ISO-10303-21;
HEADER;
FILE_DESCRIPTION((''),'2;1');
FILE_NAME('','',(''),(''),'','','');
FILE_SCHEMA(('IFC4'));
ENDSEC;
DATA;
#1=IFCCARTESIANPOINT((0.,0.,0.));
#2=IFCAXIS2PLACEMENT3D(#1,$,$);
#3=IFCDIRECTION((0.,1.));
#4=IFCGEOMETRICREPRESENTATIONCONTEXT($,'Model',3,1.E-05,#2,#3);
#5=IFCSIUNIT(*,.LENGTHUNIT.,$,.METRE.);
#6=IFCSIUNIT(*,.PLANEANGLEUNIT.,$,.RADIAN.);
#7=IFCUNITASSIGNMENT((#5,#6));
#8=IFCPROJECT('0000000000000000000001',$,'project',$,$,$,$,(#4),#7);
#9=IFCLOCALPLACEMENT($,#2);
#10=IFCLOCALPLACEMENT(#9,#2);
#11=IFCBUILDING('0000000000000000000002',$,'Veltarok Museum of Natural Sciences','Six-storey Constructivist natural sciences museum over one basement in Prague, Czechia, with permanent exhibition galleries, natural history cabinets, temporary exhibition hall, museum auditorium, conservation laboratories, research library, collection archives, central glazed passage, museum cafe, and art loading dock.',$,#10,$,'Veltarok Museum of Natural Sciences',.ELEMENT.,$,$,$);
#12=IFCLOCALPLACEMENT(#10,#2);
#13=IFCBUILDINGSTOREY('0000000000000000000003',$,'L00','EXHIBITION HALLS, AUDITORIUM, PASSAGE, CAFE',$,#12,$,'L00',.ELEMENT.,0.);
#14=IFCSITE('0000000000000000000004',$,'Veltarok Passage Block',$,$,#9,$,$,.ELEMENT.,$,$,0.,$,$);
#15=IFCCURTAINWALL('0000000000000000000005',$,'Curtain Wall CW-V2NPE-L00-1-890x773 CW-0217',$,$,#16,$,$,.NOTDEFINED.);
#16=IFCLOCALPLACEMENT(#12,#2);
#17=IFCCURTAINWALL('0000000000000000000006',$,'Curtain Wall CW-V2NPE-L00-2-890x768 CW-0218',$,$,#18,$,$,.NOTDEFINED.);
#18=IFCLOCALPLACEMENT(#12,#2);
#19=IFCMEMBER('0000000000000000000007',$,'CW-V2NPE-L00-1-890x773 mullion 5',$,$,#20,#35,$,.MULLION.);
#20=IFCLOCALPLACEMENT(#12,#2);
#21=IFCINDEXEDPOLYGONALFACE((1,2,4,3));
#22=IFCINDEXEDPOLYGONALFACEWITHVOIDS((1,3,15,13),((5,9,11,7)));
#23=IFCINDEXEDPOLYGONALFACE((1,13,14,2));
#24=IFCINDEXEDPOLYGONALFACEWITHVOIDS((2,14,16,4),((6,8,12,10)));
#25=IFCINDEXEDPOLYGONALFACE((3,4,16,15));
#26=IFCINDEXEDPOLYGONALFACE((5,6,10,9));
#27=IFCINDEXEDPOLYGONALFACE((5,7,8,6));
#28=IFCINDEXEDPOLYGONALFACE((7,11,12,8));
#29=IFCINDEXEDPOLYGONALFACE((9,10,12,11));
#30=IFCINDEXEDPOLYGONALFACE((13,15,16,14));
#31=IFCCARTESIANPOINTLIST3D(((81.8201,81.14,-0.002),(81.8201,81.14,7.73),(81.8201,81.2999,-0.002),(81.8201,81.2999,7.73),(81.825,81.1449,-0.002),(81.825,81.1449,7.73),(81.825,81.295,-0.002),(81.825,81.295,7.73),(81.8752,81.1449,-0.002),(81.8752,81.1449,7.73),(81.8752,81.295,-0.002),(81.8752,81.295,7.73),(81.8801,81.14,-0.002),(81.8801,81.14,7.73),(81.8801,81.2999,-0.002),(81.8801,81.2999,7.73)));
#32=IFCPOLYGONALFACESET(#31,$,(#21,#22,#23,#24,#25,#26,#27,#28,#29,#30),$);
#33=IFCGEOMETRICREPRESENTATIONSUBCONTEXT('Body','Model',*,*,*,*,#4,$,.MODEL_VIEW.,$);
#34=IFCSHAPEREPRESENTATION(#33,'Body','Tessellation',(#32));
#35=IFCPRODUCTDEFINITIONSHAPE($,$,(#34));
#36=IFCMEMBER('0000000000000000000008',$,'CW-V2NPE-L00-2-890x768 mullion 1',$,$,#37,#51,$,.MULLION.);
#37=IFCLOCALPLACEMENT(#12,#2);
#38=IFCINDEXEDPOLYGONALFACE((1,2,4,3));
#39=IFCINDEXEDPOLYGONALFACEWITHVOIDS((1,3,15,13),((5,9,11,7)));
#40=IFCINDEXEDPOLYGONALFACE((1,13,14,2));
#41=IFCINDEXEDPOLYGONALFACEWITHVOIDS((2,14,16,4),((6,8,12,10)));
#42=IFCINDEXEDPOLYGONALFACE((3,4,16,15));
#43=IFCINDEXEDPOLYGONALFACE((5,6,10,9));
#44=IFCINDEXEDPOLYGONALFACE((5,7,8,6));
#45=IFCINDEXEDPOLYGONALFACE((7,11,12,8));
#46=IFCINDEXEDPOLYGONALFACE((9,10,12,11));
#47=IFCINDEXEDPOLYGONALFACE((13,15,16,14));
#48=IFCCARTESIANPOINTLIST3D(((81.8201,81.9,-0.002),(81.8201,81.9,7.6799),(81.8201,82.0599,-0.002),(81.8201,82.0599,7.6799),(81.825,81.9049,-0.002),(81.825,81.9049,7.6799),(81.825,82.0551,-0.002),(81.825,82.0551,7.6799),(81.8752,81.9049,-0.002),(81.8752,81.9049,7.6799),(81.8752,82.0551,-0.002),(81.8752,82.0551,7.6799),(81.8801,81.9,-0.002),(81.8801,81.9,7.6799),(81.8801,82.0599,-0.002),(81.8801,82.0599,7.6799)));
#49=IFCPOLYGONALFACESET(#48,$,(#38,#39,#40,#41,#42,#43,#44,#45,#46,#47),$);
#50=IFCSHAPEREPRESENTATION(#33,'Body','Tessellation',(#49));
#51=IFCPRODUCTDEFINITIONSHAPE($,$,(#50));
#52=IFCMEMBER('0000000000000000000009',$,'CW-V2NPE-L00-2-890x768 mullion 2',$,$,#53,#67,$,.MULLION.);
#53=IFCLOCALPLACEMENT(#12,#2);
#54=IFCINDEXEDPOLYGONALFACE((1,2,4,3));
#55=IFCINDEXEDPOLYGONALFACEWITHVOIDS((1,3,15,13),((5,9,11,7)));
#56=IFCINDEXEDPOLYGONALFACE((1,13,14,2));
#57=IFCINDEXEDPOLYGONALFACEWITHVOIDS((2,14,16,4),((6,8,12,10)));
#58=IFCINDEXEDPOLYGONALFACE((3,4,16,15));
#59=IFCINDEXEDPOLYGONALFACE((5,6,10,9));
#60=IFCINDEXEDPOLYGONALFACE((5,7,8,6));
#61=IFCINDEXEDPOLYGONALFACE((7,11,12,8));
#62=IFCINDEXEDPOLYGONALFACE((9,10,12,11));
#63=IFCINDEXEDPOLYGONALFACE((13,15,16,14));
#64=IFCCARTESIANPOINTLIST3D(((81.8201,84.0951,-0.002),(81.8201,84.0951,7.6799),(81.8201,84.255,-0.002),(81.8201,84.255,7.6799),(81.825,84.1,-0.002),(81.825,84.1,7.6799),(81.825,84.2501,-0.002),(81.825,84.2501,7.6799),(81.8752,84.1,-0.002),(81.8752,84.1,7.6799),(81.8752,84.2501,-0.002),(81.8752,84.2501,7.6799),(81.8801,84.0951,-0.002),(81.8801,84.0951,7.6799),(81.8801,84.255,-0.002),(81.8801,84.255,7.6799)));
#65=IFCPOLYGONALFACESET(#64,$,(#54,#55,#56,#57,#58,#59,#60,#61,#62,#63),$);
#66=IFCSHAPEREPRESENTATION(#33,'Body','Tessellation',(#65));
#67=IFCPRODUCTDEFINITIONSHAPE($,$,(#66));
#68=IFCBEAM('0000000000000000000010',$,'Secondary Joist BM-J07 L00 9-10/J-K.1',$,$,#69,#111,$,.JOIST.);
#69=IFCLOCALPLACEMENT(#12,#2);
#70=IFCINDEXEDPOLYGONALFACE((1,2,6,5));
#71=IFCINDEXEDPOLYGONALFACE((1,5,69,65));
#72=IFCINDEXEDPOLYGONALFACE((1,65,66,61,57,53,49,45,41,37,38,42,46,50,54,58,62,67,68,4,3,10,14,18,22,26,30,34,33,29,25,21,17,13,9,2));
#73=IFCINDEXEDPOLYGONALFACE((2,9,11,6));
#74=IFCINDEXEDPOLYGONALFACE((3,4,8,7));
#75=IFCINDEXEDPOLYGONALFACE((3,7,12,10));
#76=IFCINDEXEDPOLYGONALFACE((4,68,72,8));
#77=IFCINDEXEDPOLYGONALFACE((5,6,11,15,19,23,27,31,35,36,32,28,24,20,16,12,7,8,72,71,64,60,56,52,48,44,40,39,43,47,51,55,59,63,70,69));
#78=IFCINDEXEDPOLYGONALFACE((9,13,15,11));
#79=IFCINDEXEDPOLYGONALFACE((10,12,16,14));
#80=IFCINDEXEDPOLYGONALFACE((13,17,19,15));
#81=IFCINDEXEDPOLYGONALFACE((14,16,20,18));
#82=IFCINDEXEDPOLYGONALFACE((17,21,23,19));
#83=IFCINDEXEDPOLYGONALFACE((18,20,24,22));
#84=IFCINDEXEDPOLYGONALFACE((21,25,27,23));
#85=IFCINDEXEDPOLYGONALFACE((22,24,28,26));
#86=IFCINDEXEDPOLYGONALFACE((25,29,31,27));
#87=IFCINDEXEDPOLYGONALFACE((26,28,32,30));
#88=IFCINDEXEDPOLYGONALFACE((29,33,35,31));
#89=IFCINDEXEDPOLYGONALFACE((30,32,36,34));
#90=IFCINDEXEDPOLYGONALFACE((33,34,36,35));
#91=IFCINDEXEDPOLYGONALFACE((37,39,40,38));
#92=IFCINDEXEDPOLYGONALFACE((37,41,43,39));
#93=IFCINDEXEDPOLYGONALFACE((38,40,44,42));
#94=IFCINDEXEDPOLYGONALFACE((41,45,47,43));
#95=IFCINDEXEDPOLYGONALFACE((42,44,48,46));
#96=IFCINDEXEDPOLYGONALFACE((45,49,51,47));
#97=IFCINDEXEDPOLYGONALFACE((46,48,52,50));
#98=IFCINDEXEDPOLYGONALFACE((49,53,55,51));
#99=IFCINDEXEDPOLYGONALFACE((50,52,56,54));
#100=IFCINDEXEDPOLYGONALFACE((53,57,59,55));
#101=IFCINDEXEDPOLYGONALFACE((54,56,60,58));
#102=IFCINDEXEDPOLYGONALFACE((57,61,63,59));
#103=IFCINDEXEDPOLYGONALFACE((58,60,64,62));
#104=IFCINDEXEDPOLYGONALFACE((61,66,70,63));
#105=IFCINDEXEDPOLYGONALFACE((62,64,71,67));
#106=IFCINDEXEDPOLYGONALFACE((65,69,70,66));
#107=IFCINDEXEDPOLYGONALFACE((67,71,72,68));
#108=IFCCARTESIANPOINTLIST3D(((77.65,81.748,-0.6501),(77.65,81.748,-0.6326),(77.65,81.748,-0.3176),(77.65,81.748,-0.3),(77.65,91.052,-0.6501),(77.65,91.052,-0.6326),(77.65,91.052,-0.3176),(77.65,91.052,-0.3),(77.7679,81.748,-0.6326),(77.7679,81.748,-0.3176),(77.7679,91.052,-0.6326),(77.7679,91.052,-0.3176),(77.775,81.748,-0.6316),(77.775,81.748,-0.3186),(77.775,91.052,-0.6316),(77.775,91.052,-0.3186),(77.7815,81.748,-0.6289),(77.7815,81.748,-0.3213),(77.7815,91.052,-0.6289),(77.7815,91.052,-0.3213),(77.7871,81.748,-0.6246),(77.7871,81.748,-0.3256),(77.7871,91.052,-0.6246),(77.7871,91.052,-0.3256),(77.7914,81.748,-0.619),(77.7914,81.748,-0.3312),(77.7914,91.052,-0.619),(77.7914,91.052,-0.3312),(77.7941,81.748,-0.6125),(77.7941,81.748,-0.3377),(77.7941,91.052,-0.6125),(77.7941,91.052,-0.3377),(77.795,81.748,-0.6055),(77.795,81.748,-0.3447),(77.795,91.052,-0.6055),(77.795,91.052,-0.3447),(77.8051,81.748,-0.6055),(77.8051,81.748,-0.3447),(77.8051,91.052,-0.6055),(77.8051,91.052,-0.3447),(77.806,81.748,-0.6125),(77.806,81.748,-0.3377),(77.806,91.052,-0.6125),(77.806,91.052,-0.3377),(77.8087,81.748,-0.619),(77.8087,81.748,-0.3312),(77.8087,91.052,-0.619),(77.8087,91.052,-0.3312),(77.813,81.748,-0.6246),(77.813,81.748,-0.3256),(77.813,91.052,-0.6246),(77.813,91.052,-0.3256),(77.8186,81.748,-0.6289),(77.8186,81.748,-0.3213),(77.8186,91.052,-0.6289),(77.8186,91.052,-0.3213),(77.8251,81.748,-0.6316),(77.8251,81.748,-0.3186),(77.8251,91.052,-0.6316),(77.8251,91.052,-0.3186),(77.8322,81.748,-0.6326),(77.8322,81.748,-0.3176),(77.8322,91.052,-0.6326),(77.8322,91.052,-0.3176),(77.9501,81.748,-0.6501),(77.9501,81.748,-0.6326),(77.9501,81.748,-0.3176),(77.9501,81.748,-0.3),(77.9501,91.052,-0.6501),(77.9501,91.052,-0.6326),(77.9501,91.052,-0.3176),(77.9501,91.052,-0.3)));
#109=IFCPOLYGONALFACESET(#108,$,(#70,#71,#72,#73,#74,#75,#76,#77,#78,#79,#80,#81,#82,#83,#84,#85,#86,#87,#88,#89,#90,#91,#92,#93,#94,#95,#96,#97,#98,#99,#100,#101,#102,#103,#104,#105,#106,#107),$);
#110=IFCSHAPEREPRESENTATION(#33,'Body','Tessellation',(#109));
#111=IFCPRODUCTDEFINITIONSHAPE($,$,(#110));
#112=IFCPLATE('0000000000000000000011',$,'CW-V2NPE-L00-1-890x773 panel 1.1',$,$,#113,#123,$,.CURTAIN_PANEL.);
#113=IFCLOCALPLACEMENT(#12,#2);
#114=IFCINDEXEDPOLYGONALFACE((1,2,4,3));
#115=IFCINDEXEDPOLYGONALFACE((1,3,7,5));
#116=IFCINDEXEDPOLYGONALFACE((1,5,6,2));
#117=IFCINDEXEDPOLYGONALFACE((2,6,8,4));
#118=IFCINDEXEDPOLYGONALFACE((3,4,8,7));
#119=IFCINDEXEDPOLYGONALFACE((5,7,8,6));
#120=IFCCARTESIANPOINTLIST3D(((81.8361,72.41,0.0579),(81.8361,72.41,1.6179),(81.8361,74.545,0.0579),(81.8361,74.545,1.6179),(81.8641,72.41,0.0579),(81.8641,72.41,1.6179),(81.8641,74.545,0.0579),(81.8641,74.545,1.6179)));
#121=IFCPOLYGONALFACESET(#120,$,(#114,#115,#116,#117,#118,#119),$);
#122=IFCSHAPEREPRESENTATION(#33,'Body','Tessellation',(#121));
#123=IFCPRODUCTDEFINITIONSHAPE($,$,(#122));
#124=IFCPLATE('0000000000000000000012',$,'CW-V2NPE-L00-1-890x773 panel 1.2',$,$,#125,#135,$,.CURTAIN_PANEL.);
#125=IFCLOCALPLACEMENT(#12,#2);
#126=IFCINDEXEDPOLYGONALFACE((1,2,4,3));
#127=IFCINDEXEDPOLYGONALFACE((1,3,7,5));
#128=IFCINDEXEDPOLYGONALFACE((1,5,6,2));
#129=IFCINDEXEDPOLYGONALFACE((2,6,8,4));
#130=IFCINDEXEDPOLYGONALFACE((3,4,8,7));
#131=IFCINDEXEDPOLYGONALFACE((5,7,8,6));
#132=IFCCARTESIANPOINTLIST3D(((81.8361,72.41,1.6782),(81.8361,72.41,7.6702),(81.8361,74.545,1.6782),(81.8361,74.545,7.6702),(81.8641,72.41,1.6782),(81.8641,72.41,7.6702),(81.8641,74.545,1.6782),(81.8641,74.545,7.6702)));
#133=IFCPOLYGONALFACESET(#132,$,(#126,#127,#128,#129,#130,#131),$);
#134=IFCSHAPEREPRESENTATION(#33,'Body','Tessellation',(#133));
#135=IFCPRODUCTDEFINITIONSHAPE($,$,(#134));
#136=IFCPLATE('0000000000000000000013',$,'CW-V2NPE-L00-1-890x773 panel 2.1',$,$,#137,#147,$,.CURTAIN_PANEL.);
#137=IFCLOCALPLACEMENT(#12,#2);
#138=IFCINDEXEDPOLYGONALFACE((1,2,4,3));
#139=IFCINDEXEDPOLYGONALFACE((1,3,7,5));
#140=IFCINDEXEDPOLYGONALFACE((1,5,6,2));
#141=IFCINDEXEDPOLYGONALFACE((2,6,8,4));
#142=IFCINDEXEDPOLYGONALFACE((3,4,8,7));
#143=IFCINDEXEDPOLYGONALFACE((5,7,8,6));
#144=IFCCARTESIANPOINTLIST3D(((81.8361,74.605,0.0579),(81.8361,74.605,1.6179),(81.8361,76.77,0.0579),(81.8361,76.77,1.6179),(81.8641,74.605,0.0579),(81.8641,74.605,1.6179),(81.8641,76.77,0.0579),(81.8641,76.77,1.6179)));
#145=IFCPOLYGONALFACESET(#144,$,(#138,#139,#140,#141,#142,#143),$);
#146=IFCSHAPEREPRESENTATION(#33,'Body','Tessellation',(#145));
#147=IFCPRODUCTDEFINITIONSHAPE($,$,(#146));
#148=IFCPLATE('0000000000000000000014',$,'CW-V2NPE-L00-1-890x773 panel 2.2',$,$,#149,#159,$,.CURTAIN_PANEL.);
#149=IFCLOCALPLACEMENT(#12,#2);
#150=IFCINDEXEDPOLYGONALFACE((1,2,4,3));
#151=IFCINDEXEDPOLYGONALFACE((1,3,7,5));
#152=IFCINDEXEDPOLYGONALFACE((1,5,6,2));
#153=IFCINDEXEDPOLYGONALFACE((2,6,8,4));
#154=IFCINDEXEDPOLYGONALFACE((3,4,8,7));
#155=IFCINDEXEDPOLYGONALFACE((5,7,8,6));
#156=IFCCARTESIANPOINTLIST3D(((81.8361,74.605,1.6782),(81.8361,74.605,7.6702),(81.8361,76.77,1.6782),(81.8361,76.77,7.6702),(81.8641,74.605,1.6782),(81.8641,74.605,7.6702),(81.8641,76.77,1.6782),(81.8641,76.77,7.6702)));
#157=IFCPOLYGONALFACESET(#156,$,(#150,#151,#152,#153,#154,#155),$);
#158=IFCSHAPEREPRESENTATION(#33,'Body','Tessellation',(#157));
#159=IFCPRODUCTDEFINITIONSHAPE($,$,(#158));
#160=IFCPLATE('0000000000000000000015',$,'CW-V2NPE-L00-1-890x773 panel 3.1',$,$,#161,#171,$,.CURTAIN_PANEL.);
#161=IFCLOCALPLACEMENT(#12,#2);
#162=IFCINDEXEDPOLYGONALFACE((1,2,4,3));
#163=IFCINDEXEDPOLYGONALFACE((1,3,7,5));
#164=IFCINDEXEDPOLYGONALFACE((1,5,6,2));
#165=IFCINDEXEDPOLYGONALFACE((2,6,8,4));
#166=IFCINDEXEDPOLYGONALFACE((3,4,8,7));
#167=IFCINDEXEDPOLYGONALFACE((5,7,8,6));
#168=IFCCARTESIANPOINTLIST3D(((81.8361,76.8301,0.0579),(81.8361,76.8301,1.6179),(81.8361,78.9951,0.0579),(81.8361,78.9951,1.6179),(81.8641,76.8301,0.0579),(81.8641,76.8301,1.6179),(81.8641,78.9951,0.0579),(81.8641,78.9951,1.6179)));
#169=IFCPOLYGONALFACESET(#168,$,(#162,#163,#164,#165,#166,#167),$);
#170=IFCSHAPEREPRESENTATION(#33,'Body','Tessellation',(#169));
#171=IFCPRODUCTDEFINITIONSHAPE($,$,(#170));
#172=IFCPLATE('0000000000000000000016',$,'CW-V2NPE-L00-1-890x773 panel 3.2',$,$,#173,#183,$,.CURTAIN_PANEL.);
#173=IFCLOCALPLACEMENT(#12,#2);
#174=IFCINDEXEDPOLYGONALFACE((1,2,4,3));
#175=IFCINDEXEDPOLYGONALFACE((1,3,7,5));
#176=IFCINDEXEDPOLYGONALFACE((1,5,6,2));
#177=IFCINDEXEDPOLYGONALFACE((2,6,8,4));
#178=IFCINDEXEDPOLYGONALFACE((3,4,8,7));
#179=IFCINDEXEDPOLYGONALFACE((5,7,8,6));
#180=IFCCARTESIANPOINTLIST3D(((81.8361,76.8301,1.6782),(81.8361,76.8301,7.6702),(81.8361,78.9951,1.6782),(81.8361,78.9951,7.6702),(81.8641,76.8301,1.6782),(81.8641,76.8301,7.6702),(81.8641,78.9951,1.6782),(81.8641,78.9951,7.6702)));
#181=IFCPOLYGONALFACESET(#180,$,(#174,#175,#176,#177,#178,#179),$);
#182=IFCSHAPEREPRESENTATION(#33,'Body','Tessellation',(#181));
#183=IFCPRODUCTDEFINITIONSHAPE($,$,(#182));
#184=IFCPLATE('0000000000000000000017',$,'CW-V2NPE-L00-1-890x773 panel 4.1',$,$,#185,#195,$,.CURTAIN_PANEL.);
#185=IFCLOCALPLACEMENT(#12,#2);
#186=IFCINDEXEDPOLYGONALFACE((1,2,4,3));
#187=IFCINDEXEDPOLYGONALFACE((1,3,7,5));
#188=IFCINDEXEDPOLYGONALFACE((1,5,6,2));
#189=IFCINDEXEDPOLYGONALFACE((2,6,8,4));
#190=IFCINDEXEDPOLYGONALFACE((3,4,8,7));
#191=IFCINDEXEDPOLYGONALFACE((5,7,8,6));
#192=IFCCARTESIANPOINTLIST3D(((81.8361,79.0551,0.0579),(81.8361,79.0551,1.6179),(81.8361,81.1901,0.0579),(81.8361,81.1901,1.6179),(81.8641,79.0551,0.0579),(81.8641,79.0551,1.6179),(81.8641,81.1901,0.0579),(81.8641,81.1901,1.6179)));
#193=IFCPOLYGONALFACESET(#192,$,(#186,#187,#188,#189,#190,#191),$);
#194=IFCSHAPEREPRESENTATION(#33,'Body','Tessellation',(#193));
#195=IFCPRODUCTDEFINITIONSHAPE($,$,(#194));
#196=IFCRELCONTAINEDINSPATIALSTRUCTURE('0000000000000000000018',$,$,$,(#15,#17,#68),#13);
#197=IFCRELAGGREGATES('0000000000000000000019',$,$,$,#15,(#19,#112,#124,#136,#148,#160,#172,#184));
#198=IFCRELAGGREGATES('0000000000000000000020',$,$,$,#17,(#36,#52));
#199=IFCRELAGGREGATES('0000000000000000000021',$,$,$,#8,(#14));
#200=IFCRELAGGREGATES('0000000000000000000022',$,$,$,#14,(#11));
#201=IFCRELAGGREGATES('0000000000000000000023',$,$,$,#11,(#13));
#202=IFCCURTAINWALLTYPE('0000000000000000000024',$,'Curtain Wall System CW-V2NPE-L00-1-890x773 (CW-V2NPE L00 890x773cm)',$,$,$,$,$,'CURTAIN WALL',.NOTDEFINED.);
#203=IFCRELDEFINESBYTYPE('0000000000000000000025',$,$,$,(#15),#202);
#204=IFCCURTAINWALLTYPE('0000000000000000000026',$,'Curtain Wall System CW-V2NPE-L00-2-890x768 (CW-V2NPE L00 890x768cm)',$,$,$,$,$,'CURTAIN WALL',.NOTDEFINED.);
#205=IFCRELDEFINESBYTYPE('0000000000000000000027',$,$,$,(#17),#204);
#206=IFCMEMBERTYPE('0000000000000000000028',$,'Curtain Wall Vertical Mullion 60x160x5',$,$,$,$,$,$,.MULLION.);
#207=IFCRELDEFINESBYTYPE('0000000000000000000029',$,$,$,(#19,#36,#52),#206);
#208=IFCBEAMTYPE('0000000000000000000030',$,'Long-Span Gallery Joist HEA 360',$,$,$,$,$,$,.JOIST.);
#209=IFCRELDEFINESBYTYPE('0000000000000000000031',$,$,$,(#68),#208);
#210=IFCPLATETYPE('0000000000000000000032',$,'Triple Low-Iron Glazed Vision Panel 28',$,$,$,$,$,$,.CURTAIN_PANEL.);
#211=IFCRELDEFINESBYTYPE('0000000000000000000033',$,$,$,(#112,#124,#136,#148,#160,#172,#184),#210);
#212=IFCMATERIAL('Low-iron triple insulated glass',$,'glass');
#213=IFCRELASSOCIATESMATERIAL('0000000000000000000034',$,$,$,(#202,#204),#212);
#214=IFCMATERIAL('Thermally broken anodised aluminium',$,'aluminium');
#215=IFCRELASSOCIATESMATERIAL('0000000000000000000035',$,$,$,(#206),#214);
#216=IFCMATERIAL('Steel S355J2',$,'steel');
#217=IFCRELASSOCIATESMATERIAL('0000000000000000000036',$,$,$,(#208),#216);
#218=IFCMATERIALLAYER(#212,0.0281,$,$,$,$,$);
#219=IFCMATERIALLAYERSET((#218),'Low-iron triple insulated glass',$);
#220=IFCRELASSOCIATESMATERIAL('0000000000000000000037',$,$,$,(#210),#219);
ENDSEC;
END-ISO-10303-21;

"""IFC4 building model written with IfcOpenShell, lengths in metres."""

from ifc_helpers import new_model, si_unit, direction, frame, origin, origin_2d, place, context, subcontext, project, spatial, rectangle, hollow_rectangle, i_section, extrude, material, layer, layer_set, material_profile, profile_set, type_object, element, aggregate, save


model = new_model("IFC4")

# Units and contexts
model_context = context("Model", 3, precision=1e-05, world=origin(), true_north=direction((0.0, 1.0)))
body_context = subcontext(model_context, "Body", "Model", "MODEL_VIEW")
ifc_project = project(units=[si_unit("LENGTHUNIT", "METRE"), si_unit("PLANEANGLEUNIT", "RADIAN")], contexts=[model_context])

# Site, building, storey
site_placement = place(None, origin())
site = spatial("IfcSite", under=ifc_project, at=site_placement, Name="Veltarok Passage Block", CompositionType="ELEMENT", RefElevation=0.0)
building_placement = place(site_placement, origin())
building = spatial("IfcBuilding", under=site, at=building_placement, Name="Veltarok Museum of Natural Sciences", Description="Six-storey Constructivist natural sciences museum over one basement in Prague, Czechia, with permanent exhibition galleries, natural history cabinets, temporary exhibition hall, museum auditorium, conservation laboratories, research library, collection archives, central glazed passage, museum cafe, and art loading dock.", LongName="Veltarok Museum of Natural Sciences", CompositionType="ELEMENT")
storey_placement = place(building_placement, origin())
storey = spatial("IfcBuildingStorey", under=building, at=storey_placement, Name="L00", Description="EXHIBITION HALLS, AUDITORIUM, PASSAGE, CAFE", LongName="L00", CompositionType="ELEMENT", Elevation=0.0)

# Curtain walls
ifc_material_1 = material(Name="Low-iron triple insulated glass", Category="glass")
curtain_wall_type_1 = type_object("IfcCurtainWallType", Name="Curtain Wall System CW-V2NPE-L00-1-890x773 (CW-V2NPE L00 890x773cm)", ElementType="CURTAIN WALL", PredefinedType="NOTDEFINED", material=ifc_material_1)
curtain_wall_1_placement = place(storey_placement, origin())
curtain_wall_1 = element("IfcCurtainWall", 1, at=curtain_wall_1_placement, inside=storey, type_object=curtain_wall_type_1, Name="Curtain Wall CW-V2NPE-L00-1-890x773 CW-0217", PredefinedType="NOTDEFINED")
ifc_material_2 = material(Name="Thermally broken anodised aluminium", Category="aluminium")
curtain_wall_type_2 = type_object("IfcCurtainWallType", Name="Curtain Wall System CW-V2NPE-L00-2-890x768 (CW-V2NPE L00 890x768cm)", ElementType="CURTAIN WALL", PredefinedType="NOTDEFINED", material=ifc_material_1)
curtain_wall_2_placement = place(storey_placement, origin())
curtain_wall_2 = element("IfcCurtainWall", 2, at=curtain_wall_2_placement, inside=storey, type_object=curtain_wall_type_2, Name="Curtain Wall CW-V2NPE-L00-2-890x768 CW-0218", PredefinedType="NOTDEFINED")

# Members
ifc_material_profile_1 = material_profile(ifc_material_2, hollow_rectangle(XDim=0.0601, YDim=0.1599, WallThickness=0.0049, at=origin_2d()), Name="CW MULLION 60x160x5")
ifc_profile_set_1 = profile_set([ifc_material_profile_1], Name="Thermally broken anodised aluminium")
member_type_1 = type_object("IfcMemberType", Name="Curtain Wall Vertical Mullion 60x160x5", PredefinedType="MULLION", material=ifc_profile_set_1)
member_1_placement = place(storey_placement, frame((81.8501, 81.22, -0.002), z_axis=(0.0, 0.0, 1.0), x_axis=(-1.0, 0.0, 0.0)))
member_1 = element("IfcMember", 3, at=member_1_placement, type_object=member_type_1, Name="CW-V2NPE-L00-1-890x773 mullion 5", PredefinedType="MULLION", context=body_context, shape_type="SweptSolid", body=[
    extrude(hollow_rectangle(XDim=0.0601, YDim=0.1599, WallThickness=0.0049, at=origin_2d()), origin(), (0.0, 0.0, 1.0), 7.7319),
])
member_2_placement = place(storey_placement, frame((81.8501, 81.98, -0.002), z_axis=(0.0, 0.0, 1.0), x_axis=(-1.0, 0.0, 0.0)))
member_2 = element("IfcMember", 4, at=member_2_placement, type_object=member_type_1, Name="CW-V2NPE-L00-2-890x768 mullion 1", PredefinedType="MULLION", context=body_context, shape_type="SweptSolid", body=[
    extrude(hollow_rectangle(XDim=0.0601, YDim=0.1599, WallThickness=0.0049, at=origin_2d()), origin(), (0.0, 0.0, 1.0), 7.6819),
])
member_3_placement = place(storey_placement, frame((81.8501, 84.175, -0.002), z_axis=(0.0, 0.0, 1.0), x_axis=(-1.0, 0.0, 0.0)))
member_3 = element("IfcMember", 5, at=member_3_placement, type_object=member_type_1, Name="CW-V2NPE-L00-2-890x768 mullion 2", PredefinedType="MULLION", context=body_context, shape_type="SweptSolid", body=[
    extrude(hollow_rectangle(XDim=0.0601, YDim=0.1599, WallThickness=0.0049, at=origin_2d()), origin(), (0.0, 0.0, 1.0), 7.6819),
])

# Beam
ifc_material_3 = material(Name="Steel S355J2", Category="steel")
ifc_material_profile_2 = material_profile(ifc_material_3, i_section(OverallWidth=0.3, OverallDepth=0.3501, WebThickness=0.01, FlangeThickness=0.0176, FilletRadius=0.0271, at=origin_2d()), Name="HEA 360")
ifc_profile_set_2 = profile_set([ifc_material_profile_2], Name="Steel S355J2")
beam_type = type_object("IfcBeamType", Name="Long-Span Gallery Joist HEA 360", PredefinedType="JOIST", material=ifc_profile_set_2)
beam_placement = place(storey_placement, frame((77.8, 81.748, -0.4751), z_axis=(0.0, 1.0, 0.0), x_axis=(-1.0, 0.0, 0.0)))
element("IfcBeam", 6, at=beam_placement, inside=storey, type_object=beam_type, Name="Secondary Joist BM-J07 L00 9-10/J-K.1", PredefinedType="JOIST", context=body_context, shape_type="SweptSolid", body=[
    extrude(i_section(OverallWidth=0.3, OverallDepth=0.3501, WebThickness=0.01, FlangeThickness=0.0176, FilletRadius=0.0271, at=origin_2d()), origin(), (0.0, 0.0, 1.0), 9.304),
])

# Plates
ifc_layer = layer(ifc_material_1, 0.0281)
ifc_layer_set = layer_set([ifc_layer], Name="Low-iron triple insulated glass")
plate_type = type_object("IfcPlateType", Name="Triple Low-Iron Glazed Vision Panel 28", PredefinedType="CURTAIN_PANEL", material=ifc_layer_set)
plate_1_placement = place(storey_placement, frame((81.8501, 73.4775, 0.0579), z_axis=(0.0, 0.0, 1.0), x_axis=(0.0, 1.0, 0.0)))
plate_1 = element("IfcPlate", 7, at=plate_1_placement, type_object=plate_type, Name="CW-V2NPE-L00-1-890x773 panel 1.1", PredefinedType="CURTAIN_PANEL", context=body_context, shape_type="SweptSolid", body=[
    extrude(rectangle(XDim=2.135, YDim=0.0281, at=origin_2d()), origin(), (0.0, 0.0, 1.0), 1.5601),
])
plate_2_placement = place(storey_placement, frame((81.8501, 73.4775, 1.6782), z_axis=(0.0, 0.0, 1.0), x_axis=(0.0, 1.0, 0.0)))
plate_2 = element("IfcPlate", 8, at=plate_2_placement, type_object=plate_type, Name="CW-V2NPE-L00-1-890x773 panel 1.2", PredefinedType="CURTAIN_PANEL", context=body_context, shape_type="SweptSolid", body=[
    extrude(rectangle(XDim=2.135, YDim=0.0281, at=origin_2d()), origin(), (0.0, 0.0, 1.0), 5.9919),
])
plate_3_placement = place(storey_placement, frame((81.8501, 75.6875, 0.0579), z_axis=(0.0, 0.0, 1.0), x_axis=(0.0, 1.0, 0.0)))
plate_3 = element("IfcPlate", 9, at=plate_3_placement, type_object=plate_type, Name="CW-V2NPE-L00-1-890x773 panel 2.1", PredefinedType="CURTAIN_PANEL", context=body_context, shape_type="SweptSolid", body=[
    extrude(rectangle(XDim=2.165, YDim=0.0281, at=origin_2d()), origin(), (0.0, 0.0, 1.0), 1.5601),
])
plate_4_placement = place(storey_placement, frame((81.8501, 75.6875, 1.6782), z_axis=(0.0, 0.0, 1.0), x_axis=(0.0, 1.0, 0.0)))
plate_4 = element("IfcPlate", 10, at=plate_4_placement, type_object=plate_type, Name="CW-V2NPE-L00-1-890x773 panel 2.2", PredefinedType="CURTAIN_PANEL", context=body_context, shape_type="SweptSolid", body=[
    extrude(rectangle(XDim=2.165, YDim=0.0281, at=origin_2d()), origin(), (0.0, 0.0, 1.0), 5.9919),
])
plate_5_placement = place(storey_placement, frame((81.8501, 77.9126, 0.0579), z_axis=(0.0, 0.0, 1.0), x_axis=(0.0, 1.0, 0.0)))
plate_5 = element("IfcPlate", 11, at=plate_5_placement, type_object=plate_type, Name="CW-V2NPE-L00-1-890x773 panel 3.1", PredefinedType="CURTAIN_PANEL", context=body_context, shape_type="SweptSolid", body=[
    extrude(rectangle(XDim=2.165, YDim=0.0281, at=origin_2d()), origin(), (0.0, 0.0, 1.0), 1.5601),
])
plate_6_placement = place(storey_placement, frame((81.8501, 77.9126, 1.6782), z_axis=(0.0, 0.0, 1.0), x_axis=(0.0, 1.0, 0.0)))
plate_6 = element("IfcPlate", 12, at=plate_6_placement, type_object=plate_type, Name="CW-V2NPE-L00-1-890x773 panel 3.2", PredefinedType="CURTAIN_PANEL", context=body_context, shape_type="SweptSolid", body=[
    extrude(rectangle(XDim=2.165, YDim=0.0281, at=origin_2d()), origin(), (0.0, 0.0, 1.0), 5.9919),
])
plate_7_placement = place(storey_placement, frame((81.8501, 80.1226, 0.0579), z_axis=(0.0, 0.0, 1.0), x_axis=(0.0, 1.0, 0.0)))
plate_7 = element("IfcPlate", 13, at=plate_7_placement, type_object=plate_type, Name="CW-V2NPE-L00-1-890x773 panel 4.1", PredefinedType="CURTAIN_PANEL", context=body_context, shape_type="SweptSolid", body=[
    extrude(rectangle(XDim=2.135, YDim=0.0281, at=origin_2d()), origin(), (0.0, 0.0, 1.0), 1.5601),
])
aggregate(curtain_wall_1, [member_1, plate_1, plate_2, plate_3, plate_4, plate_5, plate_6, plate_7])
aggregate(curtain_wall_2, [member_2, member_3])

save(model, "model.ifc")
